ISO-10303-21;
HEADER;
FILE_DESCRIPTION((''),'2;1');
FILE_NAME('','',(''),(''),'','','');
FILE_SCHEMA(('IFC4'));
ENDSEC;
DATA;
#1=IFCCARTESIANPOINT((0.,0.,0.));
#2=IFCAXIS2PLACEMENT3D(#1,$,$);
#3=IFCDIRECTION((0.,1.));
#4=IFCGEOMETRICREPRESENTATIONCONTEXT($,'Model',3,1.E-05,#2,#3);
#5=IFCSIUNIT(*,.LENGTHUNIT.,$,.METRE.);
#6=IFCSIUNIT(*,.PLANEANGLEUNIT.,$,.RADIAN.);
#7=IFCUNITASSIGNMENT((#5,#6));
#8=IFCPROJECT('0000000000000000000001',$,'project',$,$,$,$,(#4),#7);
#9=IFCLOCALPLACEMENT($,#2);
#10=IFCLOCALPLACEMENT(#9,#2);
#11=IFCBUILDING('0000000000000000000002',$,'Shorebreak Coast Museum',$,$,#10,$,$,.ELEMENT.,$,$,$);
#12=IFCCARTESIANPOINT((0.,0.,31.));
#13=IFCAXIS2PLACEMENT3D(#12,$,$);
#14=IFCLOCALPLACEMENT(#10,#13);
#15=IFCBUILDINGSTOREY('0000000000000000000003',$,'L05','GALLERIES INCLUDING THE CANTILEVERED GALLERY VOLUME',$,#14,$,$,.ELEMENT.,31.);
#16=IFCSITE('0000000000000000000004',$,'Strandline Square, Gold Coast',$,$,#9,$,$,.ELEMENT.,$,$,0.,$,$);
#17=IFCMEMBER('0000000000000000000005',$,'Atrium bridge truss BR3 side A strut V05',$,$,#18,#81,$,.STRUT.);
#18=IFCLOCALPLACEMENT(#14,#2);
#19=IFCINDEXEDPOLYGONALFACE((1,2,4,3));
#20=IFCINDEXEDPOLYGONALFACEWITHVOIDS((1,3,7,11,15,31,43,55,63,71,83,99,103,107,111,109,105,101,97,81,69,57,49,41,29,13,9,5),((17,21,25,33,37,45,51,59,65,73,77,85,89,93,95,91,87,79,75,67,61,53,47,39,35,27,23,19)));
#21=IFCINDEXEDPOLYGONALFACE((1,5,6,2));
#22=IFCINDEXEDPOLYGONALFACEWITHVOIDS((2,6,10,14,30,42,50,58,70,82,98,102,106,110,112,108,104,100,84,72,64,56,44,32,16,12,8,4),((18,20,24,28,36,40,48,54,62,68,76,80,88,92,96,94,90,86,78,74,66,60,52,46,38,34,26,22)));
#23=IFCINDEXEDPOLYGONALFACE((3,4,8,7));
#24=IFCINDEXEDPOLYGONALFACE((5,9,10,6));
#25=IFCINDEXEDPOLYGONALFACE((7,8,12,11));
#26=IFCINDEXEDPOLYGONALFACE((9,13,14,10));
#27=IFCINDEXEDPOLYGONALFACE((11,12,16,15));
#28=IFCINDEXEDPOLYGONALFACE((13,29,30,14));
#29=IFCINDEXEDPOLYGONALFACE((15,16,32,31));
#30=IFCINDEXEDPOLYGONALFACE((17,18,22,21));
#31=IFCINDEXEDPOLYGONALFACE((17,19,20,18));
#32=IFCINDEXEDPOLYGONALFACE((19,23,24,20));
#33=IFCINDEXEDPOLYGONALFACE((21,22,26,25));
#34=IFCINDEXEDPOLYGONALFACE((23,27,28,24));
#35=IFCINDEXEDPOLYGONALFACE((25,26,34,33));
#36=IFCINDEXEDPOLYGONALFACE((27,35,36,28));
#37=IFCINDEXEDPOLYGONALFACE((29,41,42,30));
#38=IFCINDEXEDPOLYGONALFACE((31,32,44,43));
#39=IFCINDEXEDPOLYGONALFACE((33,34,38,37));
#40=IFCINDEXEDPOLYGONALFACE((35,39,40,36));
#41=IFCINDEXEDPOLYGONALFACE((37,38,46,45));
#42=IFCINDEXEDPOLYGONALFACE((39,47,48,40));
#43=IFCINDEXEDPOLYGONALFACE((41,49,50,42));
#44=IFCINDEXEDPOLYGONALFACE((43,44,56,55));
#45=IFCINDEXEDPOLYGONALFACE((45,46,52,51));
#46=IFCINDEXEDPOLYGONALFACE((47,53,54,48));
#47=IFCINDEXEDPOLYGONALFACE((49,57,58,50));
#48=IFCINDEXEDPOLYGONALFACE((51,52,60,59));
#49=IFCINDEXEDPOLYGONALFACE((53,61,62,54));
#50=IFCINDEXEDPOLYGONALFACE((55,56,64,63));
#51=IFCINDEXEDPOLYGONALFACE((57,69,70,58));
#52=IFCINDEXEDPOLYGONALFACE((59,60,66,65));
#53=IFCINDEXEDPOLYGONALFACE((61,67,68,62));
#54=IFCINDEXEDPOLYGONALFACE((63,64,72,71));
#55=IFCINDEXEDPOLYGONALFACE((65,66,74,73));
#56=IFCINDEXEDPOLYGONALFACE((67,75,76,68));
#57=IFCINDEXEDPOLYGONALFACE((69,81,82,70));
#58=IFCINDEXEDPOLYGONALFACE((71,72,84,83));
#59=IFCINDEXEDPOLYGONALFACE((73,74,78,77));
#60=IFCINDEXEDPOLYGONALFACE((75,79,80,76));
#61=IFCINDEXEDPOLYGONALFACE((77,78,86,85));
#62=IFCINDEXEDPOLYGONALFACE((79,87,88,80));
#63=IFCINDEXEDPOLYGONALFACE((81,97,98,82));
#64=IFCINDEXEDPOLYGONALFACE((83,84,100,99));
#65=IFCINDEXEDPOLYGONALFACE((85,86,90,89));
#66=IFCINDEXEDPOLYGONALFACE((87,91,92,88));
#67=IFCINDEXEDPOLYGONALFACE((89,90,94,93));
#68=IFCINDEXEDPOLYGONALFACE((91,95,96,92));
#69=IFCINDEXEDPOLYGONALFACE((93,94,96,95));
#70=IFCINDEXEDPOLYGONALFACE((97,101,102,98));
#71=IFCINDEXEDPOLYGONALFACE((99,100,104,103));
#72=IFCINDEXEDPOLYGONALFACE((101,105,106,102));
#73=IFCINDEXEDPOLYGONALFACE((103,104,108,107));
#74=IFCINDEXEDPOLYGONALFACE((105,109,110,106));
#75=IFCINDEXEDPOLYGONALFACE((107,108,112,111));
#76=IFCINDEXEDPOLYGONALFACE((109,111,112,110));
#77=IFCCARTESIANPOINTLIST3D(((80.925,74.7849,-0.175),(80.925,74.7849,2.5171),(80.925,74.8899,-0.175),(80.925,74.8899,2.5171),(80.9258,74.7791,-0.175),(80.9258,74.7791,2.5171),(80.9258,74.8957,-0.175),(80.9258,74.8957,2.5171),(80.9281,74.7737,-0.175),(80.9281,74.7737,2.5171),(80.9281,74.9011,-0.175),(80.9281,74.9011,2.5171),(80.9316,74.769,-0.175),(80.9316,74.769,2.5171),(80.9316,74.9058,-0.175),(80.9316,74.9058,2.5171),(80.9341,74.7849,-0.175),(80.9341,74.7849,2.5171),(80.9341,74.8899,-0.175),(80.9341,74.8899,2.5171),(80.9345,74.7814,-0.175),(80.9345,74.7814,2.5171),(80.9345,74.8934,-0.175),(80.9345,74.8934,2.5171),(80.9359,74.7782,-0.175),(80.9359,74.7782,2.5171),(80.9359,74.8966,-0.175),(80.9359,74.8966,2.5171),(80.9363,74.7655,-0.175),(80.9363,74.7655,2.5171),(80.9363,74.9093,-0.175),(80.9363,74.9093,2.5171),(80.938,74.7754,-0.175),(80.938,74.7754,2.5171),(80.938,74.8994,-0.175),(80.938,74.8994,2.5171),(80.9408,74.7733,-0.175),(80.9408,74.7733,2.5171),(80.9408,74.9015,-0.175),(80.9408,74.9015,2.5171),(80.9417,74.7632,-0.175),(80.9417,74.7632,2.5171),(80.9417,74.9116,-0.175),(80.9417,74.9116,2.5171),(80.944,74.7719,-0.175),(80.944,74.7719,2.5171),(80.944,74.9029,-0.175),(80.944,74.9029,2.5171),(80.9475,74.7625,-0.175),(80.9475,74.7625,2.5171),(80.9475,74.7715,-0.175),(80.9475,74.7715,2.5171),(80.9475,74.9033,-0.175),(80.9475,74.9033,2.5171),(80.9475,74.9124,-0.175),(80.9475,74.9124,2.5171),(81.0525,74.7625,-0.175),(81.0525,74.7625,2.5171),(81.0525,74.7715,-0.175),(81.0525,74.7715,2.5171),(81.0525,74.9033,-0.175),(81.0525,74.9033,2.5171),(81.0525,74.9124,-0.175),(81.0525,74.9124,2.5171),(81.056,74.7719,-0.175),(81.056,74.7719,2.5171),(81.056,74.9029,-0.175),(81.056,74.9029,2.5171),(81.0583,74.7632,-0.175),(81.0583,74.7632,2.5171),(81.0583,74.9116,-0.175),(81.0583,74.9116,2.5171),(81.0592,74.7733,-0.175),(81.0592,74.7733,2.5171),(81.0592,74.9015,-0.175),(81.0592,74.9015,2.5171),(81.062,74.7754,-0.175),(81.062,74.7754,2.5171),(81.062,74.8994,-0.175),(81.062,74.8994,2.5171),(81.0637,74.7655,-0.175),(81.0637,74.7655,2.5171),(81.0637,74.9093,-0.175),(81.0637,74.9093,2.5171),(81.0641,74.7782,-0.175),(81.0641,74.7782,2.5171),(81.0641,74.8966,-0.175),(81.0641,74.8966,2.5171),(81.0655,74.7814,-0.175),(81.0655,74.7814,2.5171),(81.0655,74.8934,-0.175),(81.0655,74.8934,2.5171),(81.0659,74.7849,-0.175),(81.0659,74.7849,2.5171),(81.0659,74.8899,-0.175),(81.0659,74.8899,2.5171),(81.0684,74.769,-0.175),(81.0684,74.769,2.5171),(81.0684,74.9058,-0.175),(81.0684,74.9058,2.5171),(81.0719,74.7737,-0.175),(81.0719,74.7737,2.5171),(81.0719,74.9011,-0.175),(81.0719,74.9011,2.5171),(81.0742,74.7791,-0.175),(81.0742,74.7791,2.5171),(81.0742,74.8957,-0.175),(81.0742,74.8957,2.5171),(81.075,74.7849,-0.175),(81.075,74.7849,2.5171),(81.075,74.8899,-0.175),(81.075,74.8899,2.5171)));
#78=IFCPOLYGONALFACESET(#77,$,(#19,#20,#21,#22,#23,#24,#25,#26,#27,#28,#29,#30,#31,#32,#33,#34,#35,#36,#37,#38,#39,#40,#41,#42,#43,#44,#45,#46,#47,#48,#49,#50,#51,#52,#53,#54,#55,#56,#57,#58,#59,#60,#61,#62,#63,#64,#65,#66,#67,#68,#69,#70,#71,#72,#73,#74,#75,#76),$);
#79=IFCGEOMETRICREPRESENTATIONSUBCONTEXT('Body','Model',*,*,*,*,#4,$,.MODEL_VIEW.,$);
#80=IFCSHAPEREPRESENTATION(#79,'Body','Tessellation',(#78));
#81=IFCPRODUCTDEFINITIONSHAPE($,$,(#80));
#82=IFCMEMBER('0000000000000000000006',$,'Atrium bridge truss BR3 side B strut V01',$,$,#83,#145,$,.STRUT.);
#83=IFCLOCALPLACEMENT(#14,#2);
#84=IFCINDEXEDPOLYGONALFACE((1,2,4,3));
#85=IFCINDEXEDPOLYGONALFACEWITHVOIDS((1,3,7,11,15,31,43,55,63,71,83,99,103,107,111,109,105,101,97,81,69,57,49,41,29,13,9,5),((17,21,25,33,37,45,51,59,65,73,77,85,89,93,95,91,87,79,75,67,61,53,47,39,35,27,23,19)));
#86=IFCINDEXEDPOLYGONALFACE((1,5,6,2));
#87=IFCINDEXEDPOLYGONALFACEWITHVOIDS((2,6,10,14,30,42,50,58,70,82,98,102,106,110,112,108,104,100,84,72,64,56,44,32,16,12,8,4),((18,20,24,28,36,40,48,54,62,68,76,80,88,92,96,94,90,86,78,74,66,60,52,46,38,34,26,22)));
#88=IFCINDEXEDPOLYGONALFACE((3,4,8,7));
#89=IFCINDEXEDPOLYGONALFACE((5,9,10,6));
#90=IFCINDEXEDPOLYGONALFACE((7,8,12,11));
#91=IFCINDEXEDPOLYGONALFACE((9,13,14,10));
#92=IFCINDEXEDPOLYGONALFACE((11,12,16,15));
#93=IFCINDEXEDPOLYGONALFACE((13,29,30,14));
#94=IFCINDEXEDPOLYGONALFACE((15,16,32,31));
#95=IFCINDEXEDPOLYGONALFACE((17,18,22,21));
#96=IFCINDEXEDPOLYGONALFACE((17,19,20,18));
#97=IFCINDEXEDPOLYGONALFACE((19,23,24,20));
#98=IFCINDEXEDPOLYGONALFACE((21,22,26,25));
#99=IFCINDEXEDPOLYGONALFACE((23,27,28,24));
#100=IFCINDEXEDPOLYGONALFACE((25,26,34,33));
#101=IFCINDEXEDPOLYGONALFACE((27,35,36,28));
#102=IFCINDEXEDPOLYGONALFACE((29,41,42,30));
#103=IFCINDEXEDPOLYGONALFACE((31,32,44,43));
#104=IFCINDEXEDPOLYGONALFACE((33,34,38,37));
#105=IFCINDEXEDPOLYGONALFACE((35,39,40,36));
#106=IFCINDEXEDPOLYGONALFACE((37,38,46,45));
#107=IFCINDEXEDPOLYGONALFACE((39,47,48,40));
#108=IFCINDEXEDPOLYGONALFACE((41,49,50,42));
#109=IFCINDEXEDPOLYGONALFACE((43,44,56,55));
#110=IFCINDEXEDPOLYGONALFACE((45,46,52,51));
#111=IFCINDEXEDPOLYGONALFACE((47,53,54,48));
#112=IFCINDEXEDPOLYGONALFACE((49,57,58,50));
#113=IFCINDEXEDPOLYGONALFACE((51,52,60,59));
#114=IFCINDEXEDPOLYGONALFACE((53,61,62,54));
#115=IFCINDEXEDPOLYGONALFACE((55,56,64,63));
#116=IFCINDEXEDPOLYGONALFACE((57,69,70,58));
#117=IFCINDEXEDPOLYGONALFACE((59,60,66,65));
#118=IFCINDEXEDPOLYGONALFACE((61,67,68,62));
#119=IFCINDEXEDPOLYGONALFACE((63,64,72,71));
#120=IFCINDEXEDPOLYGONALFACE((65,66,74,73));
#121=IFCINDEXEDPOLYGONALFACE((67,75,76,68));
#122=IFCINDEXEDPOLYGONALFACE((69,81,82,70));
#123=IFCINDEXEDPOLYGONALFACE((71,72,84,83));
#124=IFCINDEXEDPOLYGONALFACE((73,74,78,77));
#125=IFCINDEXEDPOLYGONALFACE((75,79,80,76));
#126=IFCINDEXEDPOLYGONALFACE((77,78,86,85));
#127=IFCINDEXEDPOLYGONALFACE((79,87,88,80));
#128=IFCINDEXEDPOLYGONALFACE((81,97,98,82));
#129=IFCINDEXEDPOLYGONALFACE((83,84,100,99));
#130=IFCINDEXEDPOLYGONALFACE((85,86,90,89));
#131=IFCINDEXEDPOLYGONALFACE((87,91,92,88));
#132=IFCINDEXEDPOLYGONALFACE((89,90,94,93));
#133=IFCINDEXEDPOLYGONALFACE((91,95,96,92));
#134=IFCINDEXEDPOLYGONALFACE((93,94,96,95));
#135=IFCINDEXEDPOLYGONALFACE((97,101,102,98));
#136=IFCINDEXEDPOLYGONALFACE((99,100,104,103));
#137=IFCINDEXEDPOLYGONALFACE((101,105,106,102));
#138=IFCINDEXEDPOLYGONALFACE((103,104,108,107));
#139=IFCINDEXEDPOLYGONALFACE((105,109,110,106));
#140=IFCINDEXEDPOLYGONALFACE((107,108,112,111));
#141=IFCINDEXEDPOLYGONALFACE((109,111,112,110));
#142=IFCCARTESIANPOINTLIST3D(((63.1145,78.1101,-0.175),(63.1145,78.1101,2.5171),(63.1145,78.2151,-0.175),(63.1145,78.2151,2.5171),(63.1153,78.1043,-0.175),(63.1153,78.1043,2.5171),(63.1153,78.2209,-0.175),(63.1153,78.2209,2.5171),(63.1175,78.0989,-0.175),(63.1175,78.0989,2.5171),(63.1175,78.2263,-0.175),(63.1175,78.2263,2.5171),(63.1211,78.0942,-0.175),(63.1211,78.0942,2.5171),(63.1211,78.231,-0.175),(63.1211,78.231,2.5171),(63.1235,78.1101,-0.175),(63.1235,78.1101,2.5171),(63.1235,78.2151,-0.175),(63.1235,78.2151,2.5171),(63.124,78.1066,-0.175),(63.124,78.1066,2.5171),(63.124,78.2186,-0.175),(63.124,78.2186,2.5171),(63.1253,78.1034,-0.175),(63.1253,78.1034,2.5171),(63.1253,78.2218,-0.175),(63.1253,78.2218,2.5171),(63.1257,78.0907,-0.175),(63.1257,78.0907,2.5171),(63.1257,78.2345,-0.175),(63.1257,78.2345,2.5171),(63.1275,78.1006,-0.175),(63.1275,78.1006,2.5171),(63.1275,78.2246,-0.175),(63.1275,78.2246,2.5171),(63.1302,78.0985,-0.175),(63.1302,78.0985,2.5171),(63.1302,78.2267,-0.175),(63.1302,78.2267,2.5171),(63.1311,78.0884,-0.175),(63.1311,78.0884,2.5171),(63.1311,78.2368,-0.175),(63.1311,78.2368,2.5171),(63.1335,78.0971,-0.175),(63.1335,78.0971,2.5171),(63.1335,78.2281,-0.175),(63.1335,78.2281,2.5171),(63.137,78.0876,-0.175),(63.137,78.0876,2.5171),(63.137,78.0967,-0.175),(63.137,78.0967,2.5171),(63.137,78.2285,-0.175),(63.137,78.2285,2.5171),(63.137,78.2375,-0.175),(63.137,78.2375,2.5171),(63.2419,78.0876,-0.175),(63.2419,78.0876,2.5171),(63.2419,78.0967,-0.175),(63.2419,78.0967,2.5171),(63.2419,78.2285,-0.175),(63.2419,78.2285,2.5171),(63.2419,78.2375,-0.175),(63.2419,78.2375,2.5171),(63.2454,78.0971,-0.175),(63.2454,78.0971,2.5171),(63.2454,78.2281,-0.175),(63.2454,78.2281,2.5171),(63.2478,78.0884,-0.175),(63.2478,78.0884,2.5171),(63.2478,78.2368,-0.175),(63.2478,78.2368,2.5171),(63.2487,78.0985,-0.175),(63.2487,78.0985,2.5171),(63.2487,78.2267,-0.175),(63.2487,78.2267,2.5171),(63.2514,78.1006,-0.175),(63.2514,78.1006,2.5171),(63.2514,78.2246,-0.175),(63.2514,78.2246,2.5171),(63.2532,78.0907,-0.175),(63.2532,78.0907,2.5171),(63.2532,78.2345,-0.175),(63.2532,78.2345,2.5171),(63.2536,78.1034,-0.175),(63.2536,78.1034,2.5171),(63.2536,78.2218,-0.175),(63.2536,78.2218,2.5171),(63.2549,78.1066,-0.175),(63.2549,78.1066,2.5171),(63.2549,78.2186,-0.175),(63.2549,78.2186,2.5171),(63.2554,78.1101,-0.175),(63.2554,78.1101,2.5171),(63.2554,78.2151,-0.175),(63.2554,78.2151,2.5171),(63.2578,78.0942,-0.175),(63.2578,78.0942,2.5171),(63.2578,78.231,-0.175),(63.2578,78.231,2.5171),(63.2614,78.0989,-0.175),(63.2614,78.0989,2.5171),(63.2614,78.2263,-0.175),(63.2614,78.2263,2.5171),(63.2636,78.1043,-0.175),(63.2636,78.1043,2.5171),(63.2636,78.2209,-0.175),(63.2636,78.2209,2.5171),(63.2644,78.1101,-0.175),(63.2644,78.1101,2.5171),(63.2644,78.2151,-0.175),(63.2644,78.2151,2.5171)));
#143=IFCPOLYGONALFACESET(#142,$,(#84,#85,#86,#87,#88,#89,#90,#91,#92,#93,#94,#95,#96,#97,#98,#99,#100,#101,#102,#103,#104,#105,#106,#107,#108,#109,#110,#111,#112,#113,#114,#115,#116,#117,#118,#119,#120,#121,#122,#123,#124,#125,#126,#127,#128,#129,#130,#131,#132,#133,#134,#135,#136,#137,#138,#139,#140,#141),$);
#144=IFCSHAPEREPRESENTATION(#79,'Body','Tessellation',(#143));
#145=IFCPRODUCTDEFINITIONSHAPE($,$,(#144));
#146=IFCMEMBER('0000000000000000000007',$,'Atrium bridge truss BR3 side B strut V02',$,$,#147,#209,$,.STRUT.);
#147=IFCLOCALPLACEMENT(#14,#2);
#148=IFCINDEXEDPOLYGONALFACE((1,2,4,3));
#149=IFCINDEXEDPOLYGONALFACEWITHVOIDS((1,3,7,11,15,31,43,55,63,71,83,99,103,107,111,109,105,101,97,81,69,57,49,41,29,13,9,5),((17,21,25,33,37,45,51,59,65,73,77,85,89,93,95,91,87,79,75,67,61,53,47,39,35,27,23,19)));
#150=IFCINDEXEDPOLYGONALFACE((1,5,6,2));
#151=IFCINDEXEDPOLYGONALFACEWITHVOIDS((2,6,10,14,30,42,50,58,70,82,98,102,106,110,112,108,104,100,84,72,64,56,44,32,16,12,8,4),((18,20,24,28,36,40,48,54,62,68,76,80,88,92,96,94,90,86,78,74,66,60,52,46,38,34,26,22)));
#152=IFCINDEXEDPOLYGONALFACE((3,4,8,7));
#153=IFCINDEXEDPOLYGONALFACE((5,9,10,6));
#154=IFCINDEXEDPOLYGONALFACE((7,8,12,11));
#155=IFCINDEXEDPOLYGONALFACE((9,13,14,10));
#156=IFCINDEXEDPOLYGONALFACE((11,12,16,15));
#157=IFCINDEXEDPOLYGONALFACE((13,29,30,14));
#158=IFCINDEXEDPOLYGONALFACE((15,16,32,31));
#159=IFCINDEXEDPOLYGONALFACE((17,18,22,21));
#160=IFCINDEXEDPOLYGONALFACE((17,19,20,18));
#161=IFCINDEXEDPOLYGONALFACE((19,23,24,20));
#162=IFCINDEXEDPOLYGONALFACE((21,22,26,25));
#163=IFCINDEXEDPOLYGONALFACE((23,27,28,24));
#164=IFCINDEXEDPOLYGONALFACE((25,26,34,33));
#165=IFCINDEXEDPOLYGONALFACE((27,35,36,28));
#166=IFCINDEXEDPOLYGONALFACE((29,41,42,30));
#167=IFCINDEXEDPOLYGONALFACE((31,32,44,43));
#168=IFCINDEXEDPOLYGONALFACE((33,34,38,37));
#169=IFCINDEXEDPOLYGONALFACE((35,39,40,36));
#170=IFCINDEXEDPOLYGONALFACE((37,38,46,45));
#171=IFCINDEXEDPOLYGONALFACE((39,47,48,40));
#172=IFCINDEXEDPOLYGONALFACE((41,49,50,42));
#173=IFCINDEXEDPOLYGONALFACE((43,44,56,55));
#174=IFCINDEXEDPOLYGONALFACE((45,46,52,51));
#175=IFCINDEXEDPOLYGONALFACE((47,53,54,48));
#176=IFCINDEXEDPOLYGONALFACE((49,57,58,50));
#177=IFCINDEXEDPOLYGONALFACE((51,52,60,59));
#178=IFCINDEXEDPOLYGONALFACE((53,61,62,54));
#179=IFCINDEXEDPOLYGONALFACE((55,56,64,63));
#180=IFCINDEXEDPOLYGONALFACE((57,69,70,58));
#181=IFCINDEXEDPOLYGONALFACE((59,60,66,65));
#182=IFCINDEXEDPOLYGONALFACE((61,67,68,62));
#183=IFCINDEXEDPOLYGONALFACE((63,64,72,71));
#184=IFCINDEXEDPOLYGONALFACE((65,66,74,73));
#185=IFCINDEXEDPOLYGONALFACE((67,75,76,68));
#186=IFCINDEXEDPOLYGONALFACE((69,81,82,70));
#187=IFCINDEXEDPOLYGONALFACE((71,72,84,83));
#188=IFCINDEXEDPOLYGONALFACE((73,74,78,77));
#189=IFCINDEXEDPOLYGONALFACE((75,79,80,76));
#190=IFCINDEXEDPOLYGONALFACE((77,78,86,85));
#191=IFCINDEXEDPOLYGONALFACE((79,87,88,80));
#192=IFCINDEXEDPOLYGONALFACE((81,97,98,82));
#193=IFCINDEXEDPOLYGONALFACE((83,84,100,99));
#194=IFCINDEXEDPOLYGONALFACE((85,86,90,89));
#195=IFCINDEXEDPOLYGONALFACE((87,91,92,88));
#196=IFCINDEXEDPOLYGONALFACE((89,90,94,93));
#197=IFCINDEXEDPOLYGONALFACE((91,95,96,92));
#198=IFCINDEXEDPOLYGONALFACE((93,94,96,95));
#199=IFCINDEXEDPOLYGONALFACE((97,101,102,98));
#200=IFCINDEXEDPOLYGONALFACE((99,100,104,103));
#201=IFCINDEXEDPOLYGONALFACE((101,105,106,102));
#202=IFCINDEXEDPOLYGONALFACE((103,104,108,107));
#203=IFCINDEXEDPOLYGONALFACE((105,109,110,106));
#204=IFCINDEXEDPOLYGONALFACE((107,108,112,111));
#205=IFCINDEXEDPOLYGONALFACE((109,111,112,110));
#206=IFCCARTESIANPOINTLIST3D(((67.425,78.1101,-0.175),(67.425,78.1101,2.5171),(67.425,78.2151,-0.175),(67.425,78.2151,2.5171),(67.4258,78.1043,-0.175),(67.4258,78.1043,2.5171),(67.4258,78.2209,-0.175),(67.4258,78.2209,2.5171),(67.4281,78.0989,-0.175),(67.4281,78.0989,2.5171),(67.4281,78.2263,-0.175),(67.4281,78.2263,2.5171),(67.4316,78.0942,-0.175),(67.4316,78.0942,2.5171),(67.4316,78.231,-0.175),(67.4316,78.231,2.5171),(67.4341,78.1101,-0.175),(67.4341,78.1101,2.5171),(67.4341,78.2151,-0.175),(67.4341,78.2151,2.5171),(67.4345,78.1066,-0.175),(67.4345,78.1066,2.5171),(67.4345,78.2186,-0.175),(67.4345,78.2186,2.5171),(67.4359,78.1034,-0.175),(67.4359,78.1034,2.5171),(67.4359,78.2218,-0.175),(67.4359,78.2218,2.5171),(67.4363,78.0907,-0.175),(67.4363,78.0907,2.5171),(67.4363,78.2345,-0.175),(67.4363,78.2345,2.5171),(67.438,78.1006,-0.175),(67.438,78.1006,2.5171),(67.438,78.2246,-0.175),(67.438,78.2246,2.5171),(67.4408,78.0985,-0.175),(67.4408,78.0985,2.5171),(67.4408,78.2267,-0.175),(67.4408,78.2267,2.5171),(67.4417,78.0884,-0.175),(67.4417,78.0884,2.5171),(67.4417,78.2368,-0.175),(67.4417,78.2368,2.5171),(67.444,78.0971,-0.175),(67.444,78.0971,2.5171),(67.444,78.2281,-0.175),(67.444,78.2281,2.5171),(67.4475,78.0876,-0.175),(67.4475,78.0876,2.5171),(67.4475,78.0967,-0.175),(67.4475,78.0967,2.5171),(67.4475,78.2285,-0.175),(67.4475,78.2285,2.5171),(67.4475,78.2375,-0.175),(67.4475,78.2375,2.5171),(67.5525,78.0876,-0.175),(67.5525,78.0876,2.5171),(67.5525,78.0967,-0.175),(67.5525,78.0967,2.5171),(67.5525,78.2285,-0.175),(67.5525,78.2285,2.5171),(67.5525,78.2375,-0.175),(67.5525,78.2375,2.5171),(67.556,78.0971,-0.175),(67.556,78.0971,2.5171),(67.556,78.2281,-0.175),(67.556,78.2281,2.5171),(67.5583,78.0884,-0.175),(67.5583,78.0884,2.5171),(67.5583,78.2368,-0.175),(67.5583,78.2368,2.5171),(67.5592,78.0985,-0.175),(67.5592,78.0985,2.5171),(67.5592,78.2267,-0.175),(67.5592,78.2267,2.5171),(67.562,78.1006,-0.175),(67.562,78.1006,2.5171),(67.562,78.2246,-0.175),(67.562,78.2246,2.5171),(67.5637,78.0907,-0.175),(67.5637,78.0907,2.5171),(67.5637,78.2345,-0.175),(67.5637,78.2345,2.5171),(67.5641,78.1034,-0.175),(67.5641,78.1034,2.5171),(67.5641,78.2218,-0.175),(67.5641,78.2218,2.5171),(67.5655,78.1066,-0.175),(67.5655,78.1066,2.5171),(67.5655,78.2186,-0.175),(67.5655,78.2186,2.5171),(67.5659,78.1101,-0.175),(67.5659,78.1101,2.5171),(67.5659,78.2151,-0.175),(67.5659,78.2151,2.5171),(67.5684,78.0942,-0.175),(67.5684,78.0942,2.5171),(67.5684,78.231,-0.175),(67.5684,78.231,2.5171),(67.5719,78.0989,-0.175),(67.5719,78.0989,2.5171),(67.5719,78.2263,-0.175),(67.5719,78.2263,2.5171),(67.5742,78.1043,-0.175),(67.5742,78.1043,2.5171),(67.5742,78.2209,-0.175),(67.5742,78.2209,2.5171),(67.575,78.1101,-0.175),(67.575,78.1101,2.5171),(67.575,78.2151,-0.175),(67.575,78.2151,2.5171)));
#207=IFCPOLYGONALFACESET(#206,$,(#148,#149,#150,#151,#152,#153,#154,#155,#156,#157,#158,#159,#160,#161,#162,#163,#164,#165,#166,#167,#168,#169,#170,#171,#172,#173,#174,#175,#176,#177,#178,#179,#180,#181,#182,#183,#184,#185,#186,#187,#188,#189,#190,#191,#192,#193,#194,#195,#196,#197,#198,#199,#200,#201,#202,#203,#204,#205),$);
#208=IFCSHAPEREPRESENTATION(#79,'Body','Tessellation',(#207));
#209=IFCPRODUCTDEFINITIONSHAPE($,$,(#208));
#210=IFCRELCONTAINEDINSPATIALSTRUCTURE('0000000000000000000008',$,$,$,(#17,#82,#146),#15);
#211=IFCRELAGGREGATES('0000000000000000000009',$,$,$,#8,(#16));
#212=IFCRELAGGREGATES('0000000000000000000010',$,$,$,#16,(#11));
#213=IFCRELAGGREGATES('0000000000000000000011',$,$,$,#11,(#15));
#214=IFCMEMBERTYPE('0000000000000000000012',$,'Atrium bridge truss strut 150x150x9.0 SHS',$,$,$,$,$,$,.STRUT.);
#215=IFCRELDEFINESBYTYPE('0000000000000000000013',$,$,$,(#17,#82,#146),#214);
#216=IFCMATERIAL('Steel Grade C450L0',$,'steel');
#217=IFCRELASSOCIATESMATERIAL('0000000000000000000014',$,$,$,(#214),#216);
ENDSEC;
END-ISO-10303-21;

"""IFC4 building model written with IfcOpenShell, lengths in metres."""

from ifc_helpers import new_model, si_unit, direction, frame, origin, origin_2d, place, context, subcontext, project, spatial, hollow_rectangle, extrude, material, material_profile, profile_set, type_object, element, save


model = new_model("IFC4")

# Units and contexts
model_context = context("Model", 3, precision=1e-05, world=origin(), true_north=direction((0.0, 1.0)))
body_context = subcontext(model_context, "Body", "Model", "MODEL_VIEW")
ifc_project = project(units=[si_unit("LENGTHUNIT", "METRE"), si_unit("PLANEANGLEUNIT", "RADIAN")], contexts=[model_context])

# Site, building, storey
site_placement = place(None, origin())
site = spatial("IfcSite", under=ifc_project, at=site_placement, Name="Strandline Square, Gold Coast", CompositionType="ELEMENT", RefElevation=0.0)
building_placement = place(site_placement, origin())
building = spatial("IfcBuilding", under=site, at=building_placement, Name="Shorebreak Coast Museum", CompositionType="ELEMENT")
storey_placement = place(building_placement, frame((0.0, 0.0, 31.0)))
storey = spatial("IfcBuildingStorey", under=building, at=storey_placement, Name="L05", Description="GALLERIES INCLUDING THE CANTILEVERED GALLERY VOLUME", CompositionType="ELEMENT", Elevation=31.0)

# Members
ifc_material_1 = material(Name="Steel Grade C450L0", Category="steel")
ifc_material_profile_1 = material_profile(ifc_material_1, hollow_rectangle(XDim=0.1499, YDim=0.1499, WallThickness=0.009, InnerFilletRadius=0.0134, OuterFilletRadius=0.0225, at=origin_2d()), Name="150x150x9.0 SHS")
ifc_profile_set_1 = profile_set([ifc_material_profile_1], Name="Steel Grade C450L0")
member_type_1 = type_object("IfcMemberType", Name="Atrium bridge truss strut 150x150x9.0 SHS", PredefinedType="STRUT", material=ifc_profile_set_1)
for number, where, z_axis, x_axis, name in (
    (1, (81.0, 74.8374, -0.175), (0.0, 0.0, 1.0), (1.0, 0.0, 0.0), "Atrium bridge truss BR3 side A strut V05"),
    (2, (63.1895, 78.1626, -0.175), (0.0, 0.0, 1.0), (1.0, 0.0, 0.0), "Atrium bridge truss BR3 side B strut V01"),
    (3, (67.5, 78.1626, -0.175), (0.0, 0.0, 1.0), (1.0, 0.0, 0.0), "Atrium bridge truss BR3 side B strut V02"),
):
    element("IfcMember", number, at=place(storey_placement, frame(where, z_axis=z_axis, x_axis=x_axis)), inside=storey, type_object=member_type_1, Name=name, PredefinedType="STRUT", context=body_context, shape_type="SweptSolid", body=[
        extrude(hollow_rectangle(XDim=0.1499, YDim=0.1499, WallThickness=0.009, InnerFilletRadius=0.0134, OuterFilletRadius=0.0225, at=origin_2d()), origin(), (0.0, 0.0, 1.0), 2.6921),
    ])

save(model, "model.ifc")
